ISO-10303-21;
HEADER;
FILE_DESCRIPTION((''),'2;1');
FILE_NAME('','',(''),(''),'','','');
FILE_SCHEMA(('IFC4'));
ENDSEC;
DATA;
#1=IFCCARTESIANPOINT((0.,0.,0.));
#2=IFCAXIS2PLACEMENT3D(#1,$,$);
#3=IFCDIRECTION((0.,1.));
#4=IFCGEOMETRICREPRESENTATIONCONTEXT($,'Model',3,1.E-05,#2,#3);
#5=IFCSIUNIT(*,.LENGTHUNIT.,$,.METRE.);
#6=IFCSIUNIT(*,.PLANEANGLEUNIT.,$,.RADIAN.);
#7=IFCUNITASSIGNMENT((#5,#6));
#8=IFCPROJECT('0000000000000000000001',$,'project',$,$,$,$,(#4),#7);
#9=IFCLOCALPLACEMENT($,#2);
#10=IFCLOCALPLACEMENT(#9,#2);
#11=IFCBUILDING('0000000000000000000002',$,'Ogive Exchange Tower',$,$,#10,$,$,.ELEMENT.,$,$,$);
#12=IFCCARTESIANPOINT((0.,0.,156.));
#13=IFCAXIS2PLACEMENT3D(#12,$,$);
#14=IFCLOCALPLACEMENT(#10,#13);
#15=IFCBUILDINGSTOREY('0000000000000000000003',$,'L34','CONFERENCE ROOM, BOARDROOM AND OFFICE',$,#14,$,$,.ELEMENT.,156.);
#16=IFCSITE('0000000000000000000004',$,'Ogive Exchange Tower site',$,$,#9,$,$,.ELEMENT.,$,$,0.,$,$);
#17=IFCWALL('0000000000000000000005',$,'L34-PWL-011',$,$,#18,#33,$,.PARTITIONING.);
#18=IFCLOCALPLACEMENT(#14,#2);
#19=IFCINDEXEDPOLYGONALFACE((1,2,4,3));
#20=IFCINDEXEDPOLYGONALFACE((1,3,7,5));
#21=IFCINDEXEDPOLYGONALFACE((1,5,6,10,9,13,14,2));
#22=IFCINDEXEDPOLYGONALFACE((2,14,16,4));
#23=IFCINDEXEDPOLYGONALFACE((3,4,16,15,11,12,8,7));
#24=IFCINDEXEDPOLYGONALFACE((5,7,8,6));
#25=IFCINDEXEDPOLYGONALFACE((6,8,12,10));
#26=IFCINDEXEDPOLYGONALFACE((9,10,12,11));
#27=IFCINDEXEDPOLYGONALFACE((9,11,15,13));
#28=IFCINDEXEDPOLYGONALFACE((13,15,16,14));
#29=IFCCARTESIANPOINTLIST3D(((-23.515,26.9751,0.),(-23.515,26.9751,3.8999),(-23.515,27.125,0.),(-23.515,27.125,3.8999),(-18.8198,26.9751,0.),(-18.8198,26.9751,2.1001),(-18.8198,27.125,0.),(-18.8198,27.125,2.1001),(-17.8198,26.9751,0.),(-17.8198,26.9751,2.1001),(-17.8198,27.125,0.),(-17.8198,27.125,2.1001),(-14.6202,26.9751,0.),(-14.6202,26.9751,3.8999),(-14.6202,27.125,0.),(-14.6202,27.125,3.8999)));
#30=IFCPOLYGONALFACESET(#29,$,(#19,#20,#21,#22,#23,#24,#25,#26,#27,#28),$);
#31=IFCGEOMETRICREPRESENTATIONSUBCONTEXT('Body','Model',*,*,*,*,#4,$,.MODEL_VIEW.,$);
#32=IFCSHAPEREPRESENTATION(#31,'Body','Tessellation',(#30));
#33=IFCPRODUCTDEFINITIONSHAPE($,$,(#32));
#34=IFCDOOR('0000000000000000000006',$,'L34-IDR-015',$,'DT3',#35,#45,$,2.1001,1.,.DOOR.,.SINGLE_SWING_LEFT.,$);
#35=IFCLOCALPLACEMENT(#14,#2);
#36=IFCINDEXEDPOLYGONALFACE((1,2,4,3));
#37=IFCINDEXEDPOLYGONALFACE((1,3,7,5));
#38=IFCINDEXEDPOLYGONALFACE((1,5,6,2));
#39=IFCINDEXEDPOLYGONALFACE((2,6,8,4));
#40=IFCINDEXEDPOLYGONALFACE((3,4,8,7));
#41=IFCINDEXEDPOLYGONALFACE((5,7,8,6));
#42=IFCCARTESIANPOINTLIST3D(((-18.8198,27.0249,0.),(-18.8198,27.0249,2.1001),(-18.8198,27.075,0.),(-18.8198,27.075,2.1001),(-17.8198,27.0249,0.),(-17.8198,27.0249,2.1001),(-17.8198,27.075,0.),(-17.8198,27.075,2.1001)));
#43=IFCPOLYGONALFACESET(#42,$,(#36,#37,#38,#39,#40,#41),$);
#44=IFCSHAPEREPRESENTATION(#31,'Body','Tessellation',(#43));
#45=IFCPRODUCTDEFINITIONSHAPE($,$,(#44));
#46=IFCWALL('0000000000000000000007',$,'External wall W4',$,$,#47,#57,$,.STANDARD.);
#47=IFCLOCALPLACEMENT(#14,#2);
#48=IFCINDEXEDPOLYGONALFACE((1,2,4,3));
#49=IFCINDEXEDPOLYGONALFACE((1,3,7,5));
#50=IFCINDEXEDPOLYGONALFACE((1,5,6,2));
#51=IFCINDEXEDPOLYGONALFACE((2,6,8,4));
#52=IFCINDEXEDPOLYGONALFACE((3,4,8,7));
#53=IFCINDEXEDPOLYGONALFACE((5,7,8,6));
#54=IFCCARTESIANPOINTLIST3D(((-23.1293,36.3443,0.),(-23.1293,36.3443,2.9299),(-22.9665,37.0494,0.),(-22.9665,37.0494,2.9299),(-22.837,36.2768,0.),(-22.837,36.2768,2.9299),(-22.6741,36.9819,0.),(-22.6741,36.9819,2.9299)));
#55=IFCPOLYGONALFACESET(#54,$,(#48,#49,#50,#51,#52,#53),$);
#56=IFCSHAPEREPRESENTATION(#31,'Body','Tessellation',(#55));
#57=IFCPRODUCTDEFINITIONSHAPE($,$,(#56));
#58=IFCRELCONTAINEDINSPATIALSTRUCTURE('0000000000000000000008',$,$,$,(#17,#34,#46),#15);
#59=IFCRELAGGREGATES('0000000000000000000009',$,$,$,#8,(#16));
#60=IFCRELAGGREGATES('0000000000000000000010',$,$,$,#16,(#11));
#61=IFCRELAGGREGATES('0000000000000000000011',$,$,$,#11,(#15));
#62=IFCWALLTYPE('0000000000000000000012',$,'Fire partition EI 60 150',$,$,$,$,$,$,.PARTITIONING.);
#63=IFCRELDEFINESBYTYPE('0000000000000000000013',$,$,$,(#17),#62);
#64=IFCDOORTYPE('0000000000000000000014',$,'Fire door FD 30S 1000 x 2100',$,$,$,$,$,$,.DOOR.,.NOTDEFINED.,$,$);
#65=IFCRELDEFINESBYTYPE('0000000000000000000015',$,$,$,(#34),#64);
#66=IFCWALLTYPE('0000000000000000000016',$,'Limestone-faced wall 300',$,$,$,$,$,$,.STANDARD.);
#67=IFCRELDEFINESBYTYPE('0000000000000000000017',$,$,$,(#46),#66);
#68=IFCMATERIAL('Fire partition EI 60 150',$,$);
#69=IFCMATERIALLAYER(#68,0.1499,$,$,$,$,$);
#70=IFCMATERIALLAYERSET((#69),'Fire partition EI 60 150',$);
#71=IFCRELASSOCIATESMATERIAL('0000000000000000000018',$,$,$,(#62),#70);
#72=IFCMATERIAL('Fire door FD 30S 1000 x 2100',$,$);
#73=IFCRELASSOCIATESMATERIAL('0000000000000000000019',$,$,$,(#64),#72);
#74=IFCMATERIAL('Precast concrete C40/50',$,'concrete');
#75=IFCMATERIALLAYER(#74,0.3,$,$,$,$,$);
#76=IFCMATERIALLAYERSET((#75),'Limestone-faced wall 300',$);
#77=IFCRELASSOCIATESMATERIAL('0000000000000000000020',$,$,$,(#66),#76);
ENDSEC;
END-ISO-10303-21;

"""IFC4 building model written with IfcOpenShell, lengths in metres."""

from ifc_helpers import new_model, si_unit, direction, frame, frame_2d, origin, place, context, subcontext, project, spatial, rectangle, extrude, material, layer, layer_set, type_object, element, fill, save


model = new_model("IFC4")

# Units and contexts
model_context = context("Model", 3, precision=1e-05, world=origin(), true_north=direction((0.0, 1.0)))
body_context = subcontext(model_context, "Body", "Model", "MODEL_VIEW")
ifc_project = project(units=[si_unit("LENGTHUNIT", "METRE"), si_unit("PLANEANGLEUNIT", "RADIAN")], contexts=[model_context])

# Site, building, storey
site_placement = place(None, origin())
site = spatial("IfcSite", under=ifc_project, at=site_placement, Name="Ogive Exchange Tower site", CompositionType="ELEMENT", RefElevation=0.0)
building_placement = place(site_placement, origin())
building = spatial("IfcBuilding", under=site, at=building_placement, Name="Ogive Exchange Tower", CompositionType="ELEMENT")
storey_placement = place(building_placement, frame((0.0, 0.0, 156.0)))
storey = spatial("IfcBuildingStorey", under=building, at=storey_placement, Name="L34", Description="CONFERENCE ROOM, BOARDROOM AND OFFICE", CompositionType="ELEMENT", Elevation=156.0)

# Wall, opening, door
ifc_material_1 = material(Name="Fire partition EI 60 150")
ifc_layer_1 = layer(ifc_material_1, 0.1499)
ifc_layer_set_1 = layer_set([ifc_layer_1], Name="Fire partition EI 60 150")
wall_type_1 = type_object("IfcWallType", Name="Fire partition EI 60 150", PredefinedType="PARTITIONING", material=ifc_layer_set_1)
wall_1_placement = place(storey_placement, frame((-23.5149, 27.05, 0.0), z_axis=(0.0, 0.0, 1.0), x_axis=(1.0, 0.0, 0.0)))
wall_1 = element("IfcWall", 1, at=wall_1_placement, inside=storey, type_object=wall_type_1, Name="L34-PWL-011", PredefinedType="PARTITIONING", context=body_context, shape_type="SweptSolid", body=[
    extrude(rectangle(XDim=8.8948, YDim=0.1499, at=frame_2d((4.4473, 0.0))), origin(), (0.0, 0.0, 1.0), 3.8999),
])
opening_1_placement = place(wall_1_placement, frame((4.6951, 0.0, 0.0)))
opening_1 = element("IfcOpeningElement", 2, at=opening_1_placement, cuts=wall_1, PredefinedType="OPENING", context=body_context, shape_type="SweptSolid", body=[
    extrude(rectangle(XDim=1.0, YDim=2.1001, at=frame_2d((0.5, 1.05))), frame((0.0, 0.085, 0.0), z_axis=(0.0, -1.0, 0.0), x_axis=(1.0, 0.0, 0.0)), (0.0, 0.0, 1.0), 0.1699),
])
ifc_material_2 = material(Name="Fire door FD 30S 1000 x 2100")
door_type_1 = type_object("IfcDoorType", Name="Fire door FD 30S 1000 x 2100", OperationType="NOTDEFINED", PredefinedType="DOOR", material=ifc_material_2)
door_1_placement = place(opening_1_placement, origin())
door_1 = element("IfcDoor", 3, at=door_1_placement, inside=storey, type_object=door_type_1, Name="L34-IDR-015", ObjectType="DT3", OperationType="SINGLE_SWING_LEFT", OverallHeight=2.1001, OverallWidth=1.0, PredefinedType="DOOR", context=body_context, shape_type="SweptSolid", body=[
    extrude(rectangle(XDim=1.0, YDim=2.1001, at=frame_2d((0.5, 1.05))), frame((0.0, 0.0249, 0.0), z_axis=(0.0, -1.0, 0.0), x_axis=(1.0, 0.0, 0.0)), (0.0, 0.0, 1.0), 0.05),
])
fill(opening_1, door_1)

# Wall
ifc_material_3 = material(Name="Precast concrete C40/50", Category="concrete")
ifc_layer_2 = layer(ifc_material_3, 0.3)
ifc_layer_set_2 = layer_set([ifc_layer_2], Name="Limestone-faced wall 300")
wall_type_2 = type_object("IfcWallType", Name="Limestone-faced wall 300", PredefinedType="STANDARD", material=ifc_layer_set_2)
wall_2_placement = place(storey_placement, frame((-22.8203, 37.0156, 0.0), z_axis=(0.0, 0.0, 1.0), x_axis=(-0.225032, -0.974351, 0.0)))
element("IfcWall", 4, at=wall_2_placement, inside=storey, type_object=wall_type_2, Name="External wall W4", PredefinedType="STANDARD", context=body_context, shape_type="SweptSolid", body=[
    extrude(rectangle(XDim=0.7236, YDim=0.3, at=frame_2d((0.3618, 0.0))), origin(), (0.0, 0.0, 1.0), 2.9299),
])

save(model, "model.ifc")
